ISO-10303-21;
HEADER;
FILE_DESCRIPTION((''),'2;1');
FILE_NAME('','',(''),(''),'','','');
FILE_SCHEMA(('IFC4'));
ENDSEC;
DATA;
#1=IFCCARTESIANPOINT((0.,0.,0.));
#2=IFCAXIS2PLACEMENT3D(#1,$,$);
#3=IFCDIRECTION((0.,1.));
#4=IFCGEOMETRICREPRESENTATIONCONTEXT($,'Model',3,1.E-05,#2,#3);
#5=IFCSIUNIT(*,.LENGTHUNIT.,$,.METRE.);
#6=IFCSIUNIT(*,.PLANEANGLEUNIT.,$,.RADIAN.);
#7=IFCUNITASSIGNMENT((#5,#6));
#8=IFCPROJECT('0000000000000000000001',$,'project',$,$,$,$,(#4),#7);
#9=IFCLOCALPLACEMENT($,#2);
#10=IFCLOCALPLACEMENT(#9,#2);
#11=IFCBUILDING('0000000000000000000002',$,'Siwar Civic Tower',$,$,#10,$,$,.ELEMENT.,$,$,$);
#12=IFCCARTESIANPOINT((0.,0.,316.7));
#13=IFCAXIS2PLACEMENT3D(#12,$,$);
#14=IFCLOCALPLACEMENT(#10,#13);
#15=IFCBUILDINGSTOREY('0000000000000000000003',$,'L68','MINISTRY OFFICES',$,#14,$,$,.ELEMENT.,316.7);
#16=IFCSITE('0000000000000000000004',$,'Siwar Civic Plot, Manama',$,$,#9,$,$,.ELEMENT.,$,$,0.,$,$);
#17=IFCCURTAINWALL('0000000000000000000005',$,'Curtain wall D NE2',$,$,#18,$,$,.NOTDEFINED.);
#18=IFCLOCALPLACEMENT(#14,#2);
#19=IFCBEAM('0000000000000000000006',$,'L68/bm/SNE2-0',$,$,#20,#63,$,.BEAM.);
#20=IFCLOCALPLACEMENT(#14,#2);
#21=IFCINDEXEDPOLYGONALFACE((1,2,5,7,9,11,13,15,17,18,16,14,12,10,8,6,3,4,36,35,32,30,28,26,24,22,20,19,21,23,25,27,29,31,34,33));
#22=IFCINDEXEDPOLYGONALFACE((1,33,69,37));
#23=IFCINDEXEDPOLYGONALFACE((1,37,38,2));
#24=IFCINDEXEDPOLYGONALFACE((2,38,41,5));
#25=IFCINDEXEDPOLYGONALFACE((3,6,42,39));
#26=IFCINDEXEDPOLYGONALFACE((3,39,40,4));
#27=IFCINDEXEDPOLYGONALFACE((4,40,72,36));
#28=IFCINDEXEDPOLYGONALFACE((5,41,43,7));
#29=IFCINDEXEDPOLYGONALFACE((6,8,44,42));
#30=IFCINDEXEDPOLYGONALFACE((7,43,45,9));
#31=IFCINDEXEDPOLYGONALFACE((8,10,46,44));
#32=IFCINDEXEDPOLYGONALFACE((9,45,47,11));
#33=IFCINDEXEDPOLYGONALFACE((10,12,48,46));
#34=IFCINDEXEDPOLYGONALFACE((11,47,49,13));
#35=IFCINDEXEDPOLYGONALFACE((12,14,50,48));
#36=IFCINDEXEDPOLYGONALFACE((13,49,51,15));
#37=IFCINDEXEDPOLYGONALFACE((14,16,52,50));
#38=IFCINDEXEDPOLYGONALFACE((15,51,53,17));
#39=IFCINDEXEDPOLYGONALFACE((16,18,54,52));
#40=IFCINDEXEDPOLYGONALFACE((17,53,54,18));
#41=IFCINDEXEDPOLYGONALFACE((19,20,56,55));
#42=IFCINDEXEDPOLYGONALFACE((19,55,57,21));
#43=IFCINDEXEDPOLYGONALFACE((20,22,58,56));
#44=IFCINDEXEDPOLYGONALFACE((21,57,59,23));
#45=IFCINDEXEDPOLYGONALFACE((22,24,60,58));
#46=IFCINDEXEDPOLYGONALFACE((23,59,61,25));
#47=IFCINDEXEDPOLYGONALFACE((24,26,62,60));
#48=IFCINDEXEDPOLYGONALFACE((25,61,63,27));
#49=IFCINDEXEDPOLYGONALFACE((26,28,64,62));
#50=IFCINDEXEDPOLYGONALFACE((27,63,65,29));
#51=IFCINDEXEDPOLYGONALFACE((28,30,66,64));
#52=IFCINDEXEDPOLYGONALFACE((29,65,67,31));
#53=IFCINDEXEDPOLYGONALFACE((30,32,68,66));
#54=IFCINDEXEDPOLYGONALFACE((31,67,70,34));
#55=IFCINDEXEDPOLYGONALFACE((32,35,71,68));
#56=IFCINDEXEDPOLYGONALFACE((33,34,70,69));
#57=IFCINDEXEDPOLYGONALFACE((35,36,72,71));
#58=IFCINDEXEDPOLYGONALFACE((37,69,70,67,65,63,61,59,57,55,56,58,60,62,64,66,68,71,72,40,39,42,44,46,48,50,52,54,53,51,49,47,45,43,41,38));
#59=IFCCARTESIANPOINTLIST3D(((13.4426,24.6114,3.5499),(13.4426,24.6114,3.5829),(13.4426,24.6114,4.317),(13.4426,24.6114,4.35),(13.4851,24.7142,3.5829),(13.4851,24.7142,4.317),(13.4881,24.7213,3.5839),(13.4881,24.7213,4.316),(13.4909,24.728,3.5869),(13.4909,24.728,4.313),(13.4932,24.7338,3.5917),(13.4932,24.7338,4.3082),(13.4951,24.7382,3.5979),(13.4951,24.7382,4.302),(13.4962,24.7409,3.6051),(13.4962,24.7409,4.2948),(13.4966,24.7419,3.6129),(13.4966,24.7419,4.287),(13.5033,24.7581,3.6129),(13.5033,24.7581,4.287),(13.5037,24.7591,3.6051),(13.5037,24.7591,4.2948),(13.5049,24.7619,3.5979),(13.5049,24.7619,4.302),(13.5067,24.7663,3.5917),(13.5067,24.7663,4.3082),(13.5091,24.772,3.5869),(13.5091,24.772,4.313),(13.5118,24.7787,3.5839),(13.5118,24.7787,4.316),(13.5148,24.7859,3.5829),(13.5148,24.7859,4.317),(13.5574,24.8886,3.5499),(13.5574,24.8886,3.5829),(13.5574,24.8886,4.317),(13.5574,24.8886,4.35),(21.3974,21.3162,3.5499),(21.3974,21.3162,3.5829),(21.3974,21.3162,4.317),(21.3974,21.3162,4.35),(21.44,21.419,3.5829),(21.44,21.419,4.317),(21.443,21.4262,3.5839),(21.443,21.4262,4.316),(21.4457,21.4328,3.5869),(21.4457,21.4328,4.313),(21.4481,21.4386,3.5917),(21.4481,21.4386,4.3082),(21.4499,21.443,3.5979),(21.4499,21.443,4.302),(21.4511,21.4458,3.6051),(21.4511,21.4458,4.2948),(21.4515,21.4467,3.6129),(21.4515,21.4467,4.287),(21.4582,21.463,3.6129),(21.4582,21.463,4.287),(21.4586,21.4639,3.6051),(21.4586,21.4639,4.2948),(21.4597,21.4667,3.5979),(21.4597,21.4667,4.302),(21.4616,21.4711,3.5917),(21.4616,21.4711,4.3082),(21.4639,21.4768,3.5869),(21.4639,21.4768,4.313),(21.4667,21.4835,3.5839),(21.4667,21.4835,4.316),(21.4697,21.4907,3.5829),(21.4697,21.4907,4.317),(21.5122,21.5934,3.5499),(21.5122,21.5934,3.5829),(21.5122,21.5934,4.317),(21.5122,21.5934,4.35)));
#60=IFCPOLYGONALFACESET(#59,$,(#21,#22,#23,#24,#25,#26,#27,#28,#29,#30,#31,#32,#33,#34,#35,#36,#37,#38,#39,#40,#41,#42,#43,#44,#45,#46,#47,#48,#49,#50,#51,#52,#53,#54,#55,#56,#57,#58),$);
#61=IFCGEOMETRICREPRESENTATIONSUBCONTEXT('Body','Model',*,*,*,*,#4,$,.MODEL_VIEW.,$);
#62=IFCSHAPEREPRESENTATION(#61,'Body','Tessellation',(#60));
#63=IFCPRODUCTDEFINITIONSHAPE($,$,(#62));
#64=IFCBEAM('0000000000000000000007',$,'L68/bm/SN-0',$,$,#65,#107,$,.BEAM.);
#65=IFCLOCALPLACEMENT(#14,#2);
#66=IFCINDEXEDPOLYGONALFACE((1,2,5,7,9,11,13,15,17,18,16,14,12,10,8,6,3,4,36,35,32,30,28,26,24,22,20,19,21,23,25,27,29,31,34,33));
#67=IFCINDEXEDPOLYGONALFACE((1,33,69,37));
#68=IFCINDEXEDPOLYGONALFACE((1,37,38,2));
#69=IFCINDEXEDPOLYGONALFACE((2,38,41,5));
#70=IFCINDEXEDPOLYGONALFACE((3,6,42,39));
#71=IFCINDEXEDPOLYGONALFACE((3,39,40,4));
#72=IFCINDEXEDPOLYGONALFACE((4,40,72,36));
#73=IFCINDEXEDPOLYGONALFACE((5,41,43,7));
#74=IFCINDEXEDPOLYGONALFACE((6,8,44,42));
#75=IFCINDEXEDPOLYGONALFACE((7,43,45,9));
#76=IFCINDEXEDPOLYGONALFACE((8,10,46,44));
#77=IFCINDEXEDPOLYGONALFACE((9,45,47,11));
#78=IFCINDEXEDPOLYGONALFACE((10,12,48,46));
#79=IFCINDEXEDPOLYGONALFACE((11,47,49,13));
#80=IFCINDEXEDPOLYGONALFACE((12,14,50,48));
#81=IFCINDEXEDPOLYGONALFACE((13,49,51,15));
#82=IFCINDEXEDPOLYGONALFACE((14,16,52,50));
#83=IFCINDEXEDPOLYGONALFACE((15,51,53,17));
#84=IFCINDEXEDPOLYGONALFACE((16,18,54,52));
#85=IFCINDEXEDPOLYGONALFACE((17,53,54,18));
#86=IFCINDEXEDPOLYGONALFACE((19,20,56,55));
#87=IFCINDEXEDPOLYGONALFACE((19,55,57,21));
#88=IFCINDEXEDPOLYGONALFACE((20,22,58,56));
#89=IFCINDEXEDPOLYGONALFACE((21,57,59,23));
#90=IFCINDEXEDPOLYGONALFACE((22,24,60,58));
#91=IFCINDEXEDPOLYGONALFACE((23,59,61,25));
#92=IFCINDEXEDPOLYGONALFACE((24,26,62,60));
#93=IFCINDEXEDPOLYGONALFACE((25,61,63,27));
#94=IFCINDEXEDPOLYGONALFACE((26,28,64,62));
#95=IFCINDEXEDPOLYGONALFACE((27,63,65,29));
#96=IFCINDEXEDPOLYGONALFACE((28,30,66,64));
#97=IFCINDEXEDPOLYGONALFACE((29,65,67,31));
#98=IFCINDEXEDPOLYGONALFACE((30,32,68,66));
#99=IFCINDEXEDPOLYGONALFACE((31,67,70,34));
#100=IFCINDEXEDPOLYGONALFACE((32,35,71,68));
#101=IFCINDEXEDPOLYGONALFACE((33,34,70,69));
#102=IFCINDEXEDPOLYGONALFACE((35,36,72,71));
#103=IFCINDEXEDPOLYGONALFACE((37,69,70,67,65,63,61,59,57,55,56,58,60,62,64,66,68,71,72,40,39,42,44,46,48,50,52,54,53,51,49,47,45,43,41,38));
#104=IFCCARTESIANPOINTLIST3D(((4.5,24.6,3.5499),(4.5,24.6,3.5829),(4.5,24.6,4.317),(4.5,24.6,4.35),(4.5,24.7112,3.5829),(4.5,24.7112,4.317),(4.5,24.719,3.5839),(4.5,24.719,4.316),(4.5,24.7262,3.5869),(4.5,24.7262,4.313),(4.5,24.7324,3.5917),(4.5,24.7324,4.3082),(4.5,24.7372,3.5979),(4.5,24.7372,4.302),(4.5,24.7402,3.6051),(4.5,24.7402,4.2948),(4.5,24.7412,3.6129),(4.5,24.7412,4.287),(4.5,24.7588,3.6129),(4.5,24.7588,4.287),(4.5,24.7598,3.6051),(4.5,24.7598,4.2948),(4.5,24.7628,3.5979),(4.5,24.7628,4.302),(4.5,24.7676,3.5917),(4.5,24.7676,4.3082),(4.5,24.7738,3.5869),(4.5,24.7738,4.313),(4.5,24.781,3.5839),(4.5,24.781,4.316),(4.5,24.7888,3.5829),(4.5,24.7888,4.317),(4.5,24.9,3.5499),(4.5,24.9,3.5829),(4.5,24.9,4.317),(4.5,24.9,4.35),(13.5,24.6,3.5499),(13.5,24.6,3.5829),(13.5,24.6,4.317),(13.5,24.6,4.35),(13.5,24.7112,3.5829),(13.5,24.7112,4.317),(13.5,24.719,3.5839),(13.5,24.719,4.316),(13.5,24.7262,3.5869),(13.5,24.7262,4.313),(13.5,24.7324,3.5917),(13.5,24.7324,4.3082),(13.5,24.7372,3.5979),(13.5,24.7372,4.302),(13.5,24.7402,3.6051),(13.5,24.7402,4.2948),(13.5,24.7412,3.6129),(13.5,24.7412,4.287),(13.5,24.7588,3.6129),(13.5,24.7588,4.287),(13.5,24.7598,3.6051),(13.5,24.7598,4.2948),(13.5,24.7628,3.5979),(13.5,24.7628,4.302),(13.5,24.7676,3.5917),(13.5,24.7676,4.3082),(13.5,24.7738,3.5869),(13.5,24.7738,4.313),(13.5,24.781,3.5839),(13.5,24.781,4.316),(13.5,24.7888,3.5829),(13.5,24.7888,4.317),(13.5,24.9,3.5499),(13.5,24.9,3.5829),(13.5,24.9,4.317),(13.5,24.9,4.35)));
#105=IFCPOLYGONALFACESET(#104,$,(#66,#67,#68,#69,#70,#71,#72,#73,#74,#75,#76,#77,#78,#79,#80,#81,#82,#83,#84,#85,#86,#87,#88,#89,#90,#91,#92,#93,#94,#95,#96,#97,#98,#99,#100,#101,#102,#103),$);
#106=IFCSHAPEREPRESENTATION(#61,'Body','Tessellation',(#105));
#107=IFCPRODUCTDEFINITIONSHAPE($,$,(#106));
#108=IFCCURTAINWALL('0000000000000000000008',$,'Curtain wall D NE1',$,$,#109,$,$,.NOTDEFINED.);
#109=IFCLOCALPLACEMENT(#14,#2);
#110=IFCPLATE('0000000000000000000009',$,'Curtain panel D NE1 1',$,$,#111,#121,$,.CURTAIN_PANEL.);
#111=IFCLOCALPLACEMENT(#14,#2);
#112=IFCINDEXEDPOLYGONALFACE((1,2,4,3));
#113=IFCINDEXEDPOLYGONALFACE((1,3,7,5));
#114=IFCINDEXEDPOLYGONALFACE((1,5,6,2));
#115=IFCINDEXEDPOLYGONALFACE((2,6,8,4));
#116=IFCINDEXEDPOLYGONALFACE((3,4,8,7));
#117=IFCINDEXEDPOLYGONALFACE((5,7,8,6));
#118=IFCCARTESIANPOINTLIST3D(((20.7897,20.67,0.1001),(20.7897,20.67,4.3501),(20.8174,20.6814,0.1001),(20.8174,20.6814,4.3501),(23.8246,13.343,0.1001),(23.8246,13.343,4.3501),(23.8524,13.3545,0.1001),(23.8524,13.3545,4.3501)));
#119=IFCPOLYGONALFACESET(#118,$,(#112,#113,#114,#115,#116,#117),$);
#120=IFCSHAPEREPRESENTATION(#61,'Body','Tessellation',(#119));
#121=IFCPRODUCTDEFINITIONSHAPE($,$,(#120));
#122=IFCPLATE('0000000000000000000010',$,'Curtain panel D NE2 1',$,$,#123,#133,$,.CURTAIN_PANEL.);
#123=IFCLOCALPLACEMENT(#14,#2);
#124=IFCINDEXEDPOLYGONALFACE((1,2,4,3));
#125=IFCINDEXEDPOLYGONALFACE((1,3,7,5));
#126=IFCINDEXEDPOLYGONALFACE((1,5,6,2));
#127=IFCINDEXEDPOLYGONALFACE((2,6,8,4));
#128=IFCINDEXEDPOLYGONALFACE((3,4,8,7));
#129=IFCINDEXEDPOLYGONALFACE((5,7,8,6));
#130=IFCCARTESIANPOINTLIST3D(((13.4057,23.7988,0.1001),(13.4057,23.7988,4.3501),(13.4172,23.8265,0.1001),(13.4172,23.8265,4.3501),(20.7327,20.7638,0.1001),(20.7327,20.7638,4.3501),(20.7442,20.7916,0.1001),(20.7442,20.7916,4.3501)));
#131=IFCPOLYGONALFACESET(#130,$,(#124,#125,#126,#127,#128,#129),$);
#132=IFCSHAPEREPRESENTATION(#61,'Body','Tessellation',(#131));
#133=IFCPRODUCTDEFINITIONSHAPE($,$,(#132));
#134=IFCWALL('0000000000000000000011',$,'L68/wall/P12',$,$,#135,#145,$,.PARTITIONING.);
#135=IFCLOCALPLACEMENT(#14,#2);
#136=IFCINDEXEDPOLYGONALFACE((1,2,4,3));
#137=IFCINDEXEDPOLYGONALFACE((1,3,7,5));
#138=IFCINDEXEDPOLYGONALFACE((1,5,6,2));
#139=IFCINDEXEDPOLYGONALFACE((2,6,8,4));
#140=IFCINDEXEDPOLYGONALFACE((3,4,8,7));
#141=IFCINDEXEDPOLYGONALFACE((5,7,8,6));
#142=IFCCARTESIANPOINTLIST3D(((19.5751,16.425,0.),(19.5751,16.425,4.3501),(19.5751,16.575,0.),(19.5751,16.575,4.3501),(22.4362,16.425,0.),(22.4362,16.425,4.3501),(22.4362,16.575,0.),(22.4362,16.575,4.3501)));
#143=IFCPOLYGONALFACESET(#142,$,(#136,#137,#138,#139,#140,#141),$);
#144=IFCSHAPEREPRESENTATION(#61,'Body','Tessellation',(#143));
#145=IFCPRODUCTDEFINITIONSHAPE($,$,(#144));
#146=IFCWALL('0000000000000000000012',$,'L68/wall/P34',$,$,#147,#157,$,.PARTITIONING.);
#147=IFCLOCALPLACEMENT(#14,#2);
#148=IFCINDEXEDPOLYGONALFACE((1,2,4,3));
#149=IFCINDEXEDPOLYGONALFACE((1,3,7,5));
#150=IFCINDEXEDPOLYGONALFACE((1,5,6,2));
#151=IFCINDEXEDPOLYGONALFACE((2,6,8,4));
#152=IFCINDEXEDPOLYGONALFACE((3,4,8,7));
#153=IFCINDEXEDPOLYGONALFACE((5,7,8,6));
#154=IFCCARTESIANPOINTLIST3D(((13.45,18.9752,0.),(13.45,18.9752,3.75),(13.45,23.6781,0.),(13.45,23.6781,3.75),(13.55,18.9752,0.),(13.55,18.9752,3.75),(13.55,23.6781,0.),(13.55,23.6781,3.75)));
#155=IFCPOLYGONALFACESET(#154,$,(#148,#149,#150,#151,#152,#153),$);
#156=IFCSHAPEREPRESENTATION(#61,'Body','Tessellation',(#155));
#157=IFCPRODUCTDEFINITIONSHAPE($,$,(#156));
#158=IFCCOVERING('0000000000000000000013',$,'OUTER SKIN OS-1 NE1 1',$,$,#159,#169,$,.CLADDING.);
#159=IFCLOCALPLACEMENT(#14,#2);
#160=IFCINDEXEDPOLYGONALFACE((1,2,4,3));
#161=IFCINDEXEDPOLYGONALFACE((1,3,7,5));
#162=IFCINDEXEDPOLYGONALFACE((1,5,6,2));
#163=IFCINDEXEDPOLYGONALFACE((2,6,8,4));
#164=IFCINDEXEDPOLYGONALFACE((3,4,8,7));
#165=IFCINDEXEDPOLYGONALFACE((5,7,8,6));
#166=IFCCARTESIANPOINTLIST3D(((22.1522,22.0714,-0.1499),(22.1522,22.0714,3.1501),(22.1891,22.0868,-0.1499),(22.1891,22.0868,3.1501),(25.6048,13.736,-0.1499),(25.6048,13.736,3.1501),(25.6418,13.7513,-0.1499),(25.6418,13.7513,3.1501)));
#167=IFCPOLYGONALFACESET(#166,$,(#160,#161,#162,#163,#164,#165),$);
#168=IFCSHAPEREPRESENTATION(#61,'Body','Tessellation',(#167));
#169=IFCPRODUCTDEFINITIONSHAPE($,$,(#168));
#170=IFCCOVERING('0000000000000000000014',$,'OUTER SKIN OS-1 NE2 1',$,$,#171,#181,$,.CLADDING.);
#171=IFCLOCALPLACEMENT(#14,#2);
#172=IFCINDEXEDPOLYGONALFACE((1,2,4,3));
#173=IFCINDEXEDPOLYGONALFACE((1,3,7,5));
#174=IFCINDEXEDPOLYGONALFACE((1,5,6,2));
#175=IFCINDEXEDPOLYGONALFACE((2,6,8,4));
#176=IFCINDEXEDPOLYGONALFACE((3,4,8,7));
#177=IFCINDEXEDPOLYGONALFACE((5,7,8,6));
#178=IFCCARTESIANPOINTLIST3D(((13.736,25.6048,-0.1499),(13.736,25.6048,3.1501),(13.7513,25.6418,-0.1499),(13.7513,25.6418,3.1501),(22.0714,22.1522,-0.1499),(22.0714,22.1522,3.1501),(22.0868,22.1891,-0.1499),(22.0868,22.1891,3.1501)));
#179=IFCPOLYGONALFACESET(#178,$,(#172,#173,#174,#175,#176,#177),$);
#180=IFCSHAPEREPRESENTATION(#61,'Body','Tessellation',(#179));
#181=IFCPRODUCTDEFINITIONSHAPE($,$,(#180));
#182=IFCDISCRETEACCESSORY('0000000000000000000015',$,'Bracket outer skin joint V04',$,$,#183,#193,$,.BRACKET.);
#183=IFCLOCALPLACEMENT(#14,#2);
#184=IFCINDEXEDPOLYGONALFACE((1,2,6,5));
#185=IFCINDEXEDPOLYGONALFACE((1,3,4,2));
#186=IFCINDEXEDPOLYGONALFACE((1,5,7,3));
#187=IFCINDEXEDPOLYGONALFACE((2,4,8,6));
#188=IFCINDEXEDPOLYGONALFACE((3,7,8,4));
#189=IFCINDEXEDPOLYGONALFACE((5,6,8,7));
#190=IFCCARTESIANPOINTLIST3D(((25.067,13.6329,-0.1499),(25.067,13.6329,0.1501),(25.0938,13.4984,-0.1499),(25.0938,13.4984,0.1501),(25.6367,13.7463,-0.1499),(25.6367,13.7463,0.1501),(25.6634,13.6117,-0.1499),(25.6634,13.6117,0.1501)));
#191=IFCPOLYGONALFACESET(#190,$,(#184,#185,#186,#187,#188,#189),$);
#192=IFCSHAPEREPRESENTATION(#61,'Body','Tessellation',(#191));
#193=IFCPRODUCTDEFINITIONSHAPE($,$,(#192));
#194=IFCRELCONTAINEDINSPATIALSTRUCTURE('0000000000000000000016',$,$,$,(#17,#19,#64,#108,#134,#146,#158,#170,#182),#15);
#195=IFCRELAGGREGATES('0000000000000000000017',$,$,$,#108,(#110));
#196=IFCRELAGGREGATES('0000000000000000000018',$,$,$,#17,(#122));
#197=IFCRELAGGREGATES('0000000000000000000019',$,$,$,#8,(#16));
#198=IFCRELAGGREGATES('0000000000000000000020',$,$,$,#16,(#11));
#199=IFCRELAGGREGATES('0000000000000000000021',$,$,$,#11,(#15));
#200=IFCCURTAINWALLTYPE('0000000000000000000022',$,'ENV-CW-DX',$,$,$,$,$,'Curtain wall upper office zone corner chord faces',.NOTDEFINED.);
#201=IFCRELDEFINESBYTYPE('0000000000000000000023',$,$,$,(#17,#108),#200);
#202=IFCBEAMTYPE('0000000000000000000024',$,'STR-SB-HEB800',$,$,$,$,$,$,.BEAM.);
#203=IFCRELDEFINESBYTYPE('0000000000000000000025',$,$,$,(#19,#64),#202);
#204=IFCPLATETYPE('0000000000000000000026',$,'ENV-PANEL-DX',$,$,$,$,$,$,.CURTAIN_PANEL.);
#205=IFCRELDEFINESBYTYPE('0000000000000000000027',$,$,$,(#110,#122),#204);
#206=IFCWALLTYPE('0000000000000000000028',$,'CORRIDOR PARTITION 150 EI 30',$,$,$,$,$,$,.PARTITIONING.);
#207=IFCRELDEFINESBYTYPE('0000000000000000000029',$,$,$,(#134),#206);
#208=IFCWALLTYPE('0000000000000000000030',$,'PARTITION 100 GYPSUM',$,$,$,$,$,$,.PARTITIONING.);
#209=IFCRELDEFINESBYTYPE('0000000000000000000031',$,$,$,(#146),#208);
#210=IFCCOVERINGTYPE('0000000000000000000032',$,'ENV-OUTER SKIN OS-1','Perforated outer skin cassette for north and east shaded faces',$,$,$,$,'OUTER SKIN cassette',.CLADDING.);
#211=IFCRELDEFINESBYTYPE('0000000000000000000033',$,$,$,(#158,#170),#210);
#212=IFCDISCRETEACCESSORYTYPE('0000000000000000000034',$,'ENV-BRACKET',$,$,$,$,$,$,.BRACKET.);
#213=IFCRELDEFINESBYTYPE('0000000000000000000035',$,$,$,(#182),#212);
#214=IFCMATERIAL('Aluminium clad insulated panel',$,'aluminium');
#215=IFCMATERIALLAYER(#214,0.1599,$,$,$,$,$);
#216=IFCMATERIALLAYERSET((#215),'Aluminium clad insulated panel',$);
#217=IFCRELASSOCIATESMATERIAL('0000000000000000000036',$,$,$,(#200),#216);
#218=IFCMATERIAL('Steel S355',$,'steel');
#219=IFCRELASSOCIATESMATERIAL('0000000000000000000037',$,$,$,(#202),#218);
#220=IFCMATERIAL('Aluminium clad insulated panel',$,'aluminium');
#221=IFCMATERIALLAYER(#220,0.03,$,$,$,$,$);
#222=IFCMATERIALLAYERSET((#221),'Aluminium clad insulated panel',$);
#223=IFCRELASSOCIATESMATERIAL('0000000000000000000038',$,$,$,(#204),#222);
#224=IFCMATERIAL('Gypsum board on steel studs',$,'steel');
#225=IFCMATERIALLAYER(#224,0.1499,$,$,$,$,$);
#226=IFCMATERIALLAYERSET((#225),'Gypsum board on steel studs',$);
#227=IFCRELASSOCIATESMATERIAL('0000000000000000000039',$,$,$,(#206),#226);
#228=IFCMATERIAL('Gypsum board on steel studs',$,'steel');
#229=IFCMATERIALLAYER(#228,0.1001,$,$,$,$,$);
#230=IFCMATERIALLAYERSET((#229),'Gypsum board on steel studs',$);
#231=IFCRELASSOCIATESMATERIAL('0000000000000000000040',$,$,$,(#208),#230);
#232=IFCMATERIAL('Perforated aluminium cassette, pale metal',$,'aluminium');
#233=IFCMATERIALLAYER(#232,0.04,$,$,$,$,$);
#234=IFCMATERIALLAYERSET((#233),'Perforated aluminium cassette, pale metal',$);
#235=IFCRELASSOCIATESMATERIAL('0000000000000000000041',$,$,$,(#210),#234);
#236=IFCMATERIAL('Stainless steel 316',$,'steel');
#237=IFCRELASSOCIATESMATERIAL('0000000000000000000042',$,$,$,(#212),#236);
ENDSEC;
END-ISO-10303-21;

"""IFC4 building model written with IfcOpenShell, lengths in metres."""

from ifc_helpers import new_model, si_unit, direction, frame, frame_2d, origin, origin_2d, place, context, subcontext, project, spatial, rectangle, i_section, extrude, material, layer, layer_set, material_profile, profile_set, type_object, element, aggregate, save


model = new_model("IFC4")

# Units and contexts
model_context = context("Model", 3, precision=1e-05, world=origin(), true_north=direction((0.0, 1.0)))
body_context = subcontext(model_context, "Body", "Model", "MODEL_VIEW")
ifc_project = project(units=[si_unit("LENGTHUNIT", "METRE"), si_unit("PLANEANGLEUNIT", "RADIAN")], contexts=[model_context])

# Site, building, storey
site_placement = place(None, origin())
site = spatial("IfcSite", under=ifc_project, at=site_placement, Name="Siwar Civic Plot, Manama", CompositionType="ELEMENT", RefElevation=0.0)
building_placement = place(site_placement, origin())
building = spatial("IfcBuilding", under=site, at=building_placement, Name="Siwar Civic Tower", CompositionType="ELEMENT")
storey_placement = place(building_placement, frame((0.0, 0.0, 316.7)))
storey = spatial("IfcBuildingStorey", under=building, at=storey_placement, Name="L68", Description="MINISTRY OFFICES", CompositionType="ELEMENT", Elevation=316.7)

# Curtain wall
ifc_material_1 = material(Name="Aluminium clad insulated panel", Category="aluminium")
ifc_layer_1 = layer(ifc_material_1, 0.1599)
ifc_layer_set_1 = layer_set([ifc_layer_1], Name="Aluminium clad insulated panel")
curtain_wall_type = type_object("IfcCurtainWallType", Name="ENV-CW-DX", ElementType="Curtain wall upper office zone corner chord faces", PredefinedType="NOTDEFINED", material=ifc_layer_set_1)
curtain_wall_1_placement = place(storey_placement, origin())
curtain_wall_1 = element("IfcCurtainWall", 1, at=curtain_wall_1_placement, inside=storey, type_object=curtain_wall_type, Name="Curtain wall D NE2", PredefinedType="NOTDEFINED")

# Beams
ifc_material_2 = material(Name="Steel S355", Category="steel")
ifc_material_profile_1 = material_profile(ifc_material_2, i_section(OverallWidth=0.3, OverallDepth=0.8, WebThickness=0.0176, FlangeThickness=0.033, FilletRadius=0.03, at=origin_2d()), Name="HEB800")
ifc_profile_set_1 = profile_set([ifc_material_profile_1], Name="Steel S355")
beam_type_1 = type_object("IfcBeamType", Name="STR-SB-HEB800", PredefinedType="BEAM", material=ifc_profile_set_1)
beam_1_placement = place(storey_placement, frame((21.4548, 21.4548, 3.95), z_axis=(-0.923873, 0.3827, 0.0), x_axis=(-0.3827, -0.923873, 0.0)))
element("IfcBeam", 2, at=beam_1_placement, inside=storey, type_object=beam_type_1, Name="L68/bm/SNE2-0", PredefinedType="BEAM", context=body_context, shape_type="SweptSolid", body=[
    extrude(i_section(OverallWidth=0.3, OverallDepth=0.8, WebThickness=0.0176, FlangeThickness=0.033, FilletRadius=0.03, at=origin_2d()), origin(), (0.0, 0.0, 1.0), 8.6104),
])
beam_2_placement = place(storey_placement, frame((13.5, 24.75, 3.95), z_axis=(-1.0, 0.0, 0.0), x_axis=(0.0, -1.0, 0.0)))
element("IfcBeam", 3, at=beam_2_placement, inside=storey, type_object=beam_type_1, Name="L68/bm/SN-0", PredefinedType="BEAM", context=body_context, shape_type="SweptSolid", body=[
    extrude(i_section(OverallWidth=0.3, OverallDepth=0.8, WebThickness=0.0176, FlangeThickness=0.033, FilletRadius=0.03, at=origin_2d()), origin(), (0.0, 0.0, 1.0), 9.0),
])

# Curtain wall, plate
curtain_wall_2_placement = place(storey_placement, origin())
curtain_wall_2 = element("IfcCurtainWall", 4, at=curtain_wall_2_placement, inside=storey, type_object=curtain_wall_type, Name="Curtain wall D NE1", PredefinedType="NOTDEFINED")
ifc_material_3 = material(Name="Aluminium clad insulated panel", Category="aluminium")
ifc_layer_2 = layer(ifc_material_3, 0.03)
ifc_layer_set_2 = layer_set([ifc_layer_2], Name="Aluminium clad insulated panel")
plate_type = type_object("IfcPlateType", Name="ENV-PANEL-DX", PredefinedType="CURTAIN_PANEL", material=ifc_layer_set_2)
plate_1_placement = place(storey_placement, frame((22.321, 17.0122, 0.1001), z_axis=(0.0, 0.0, 1.0), x_axis=(-0.382683, 0.92388, 0.0)))
plate_1 = element("IfcPlate", 5, at=plate_1_placement, type_object=plate_type, Name="Curtain panel D NE1 1", PredefinedType="CURTAIN_PANEL", context=body_context, shape_type="SweptSolid", body=[
    extrude(rectangle(XDim=7.9307, YDim=0.03, at=origin_2d()), origin(), (0.0, 0.0, 1.0), 4.25),
])
aggregate(curtain_wall_2, [plate_1])

# Plate
plate_2_placement = place(storey_placement, frame((17.075, 22.2952, 0.1001), z_axis=(0.0, 0.0, 1.0), x_axis=(-0.92388, 0.382683, 0.0)))
plate_2 = element("IfcPlate", 6, at=plate_2_placement, type_object=plate_type, Name="Curtain panel D NE2 1", PredefinedType="CURTAIN_PANEL", context=body_context, shape_type="SweptSolid", body=[
    extrude(rectangle(XDim=7.9307, YDim=0.03, at=origin_2d()), origin(), (0.0, 0.0, 1.0), 4.25),
])
aggregate(curtain_wall_1, [plate_2])

# Walls
ifc_material_4 = material(Name="Gypsum board on steel studs", Category="steel")
ifc_layer_3 = layer(ifc_material_4, 0.1499)
ifc_layer_set_3 = layer_set([ifc_layer_3], Name="Gypsum board on steel studs")
wall_type_1 = type_object("IfcWallType", Name="CORRIDOR PARTITION 150 EI 30", PredefinedType="PARTITIONING", material=ifc_layer_set_3)
wall_1_placement = place(storey_placement, frame((19.575, 16.5, 0.0), z_axis=(0.0, 0.0, 1.0), x_axis=(1.0, 0.0, 0.0)))
element("IfcWall", 7, at=wall_1_placement, inside=storey, type_object=wall_type_1, Name="L68/wall/P12", PredefinedType="PARTITIONING", context=body_context, shape_type="SweptSolid", body=[
    extrude(rectangle(XDim=2.8611, YDim=0.1499, at=frame_2d((1.4307, 0.0))), origin(), (0.0, 0.0, 1.0), 4.3501),
])
ifc_material_5 = material(Name="Gypsum board on steel studs", Category="steel")
ifc_layer_4 = layer(ifc_material_5, 0.1001)
ifc_layer_set_4 = layer_set([ifc_layer_4], Name="Gypsum board on steel studs")
wall_type_2 = type_object("IfcWallType", Name="PARTITION 100 GYPSUM", PredefinedType="PARTITIONING", material=ifc_layer_set_4)
wall_2_placement = place(storey_placement, frame((13.5, 18.9751, 0.0), z_axis=(0.0, 0.0, 1.0), x_axis=(0.0, 1.0, 0.0)))
element("IfcWall", 8, at=wall_2_placement, inside=storey, type_object=wall_type_2, Name="L68/wall/P34", PredefinedType="PARTITIONING", context=body_context, shape_type="SweptSolid", body=[
    extrude(rectangle(XDim=4.7029, YDim=0.1001, at=frame_2d((2.3516, 0.0))), origin(), (0.0, 0.0, 1.0), 3.75),
])

# Coverings
ifc_material_6 = material(Name="Perforated aluminium cassette, pale metal", Category="aluminium")
ifc_layer_5 = layer(ifc_material_6, 0.04)
ifc_layer_set_5 = layer_set([ifc_layer_5], Name="Perforated aluminium cassette, pale metal")
covering_type = type_object("IfcCoveringType", Name="ENV-OUTER SKIN OS-1", Description="Perforated outer skin cassette for north and east shaded faces", ElementType="OUTER SKIN cassette", PredefinedType="CLADDING", material=ifc_layer_set_5)
for number, where, z_axis, x_axis, name in (
    (9, (23.897, 17.9114, -0.1499), (0.0, 0.0, 1.0), (-0.382683, 0.92388, 0.0), "OUTER SKIN OS-1 NE1 1"),
    (10, (17.9114, 23.897, -0.1499), (0.0, 0.0, 1.0), (-0.92388, 0.382683, 0.0), "OUTER SKIN OS-1 NE2 1"),
):
    element("IfcCovering", number, at=place(storey_placement, frame(where, z_axis=z_axis, x_axis=x_axis)), inside=storey, type_object=covering_type, Name=name, PredefinedType="CLADDING", context=body_context, shape_type="SweptSolid", body=[
        extrude(rectangle(XDim=9.0222, YDim=0.04, at=origin_2d()), origin(), (0.0, 0.0, 1.0), 3.3),
    ])

# Discrete accessory
ifc_material_7 = material(Name="Stainless steel 316", Category="steel")
discrete_accessory_type = type_object("IfcDiscreteAccessoryType", Name="ENV-BRACKET", PredefinedType="BRACKET", material=ifc_material_7)
discrete_accessory_1_placement = place(storey_placement, frame((25.3652, 13.6223, -0.1499), z_axis=(0.0, 0.0, 1.0), x_axis=(0.980785, 0.19509, 0.0)))
element("IfcDiscreteAccessory", 11, at=discrete_accessory_1_placement, inside=storey, type_object=discrete_accessory_type, Name="Bracket outer skin joint V04", PredefinedType="BRACKET", context=body_context, shape_type="SweptSolid", body=[
    extrude(rectangle(XDim=0.5808, YDim=0.1372, at=origin_2d()), origin(), (0.0, 0.0, 1.0), 0.3),
])

save(model, "model.ifc")
